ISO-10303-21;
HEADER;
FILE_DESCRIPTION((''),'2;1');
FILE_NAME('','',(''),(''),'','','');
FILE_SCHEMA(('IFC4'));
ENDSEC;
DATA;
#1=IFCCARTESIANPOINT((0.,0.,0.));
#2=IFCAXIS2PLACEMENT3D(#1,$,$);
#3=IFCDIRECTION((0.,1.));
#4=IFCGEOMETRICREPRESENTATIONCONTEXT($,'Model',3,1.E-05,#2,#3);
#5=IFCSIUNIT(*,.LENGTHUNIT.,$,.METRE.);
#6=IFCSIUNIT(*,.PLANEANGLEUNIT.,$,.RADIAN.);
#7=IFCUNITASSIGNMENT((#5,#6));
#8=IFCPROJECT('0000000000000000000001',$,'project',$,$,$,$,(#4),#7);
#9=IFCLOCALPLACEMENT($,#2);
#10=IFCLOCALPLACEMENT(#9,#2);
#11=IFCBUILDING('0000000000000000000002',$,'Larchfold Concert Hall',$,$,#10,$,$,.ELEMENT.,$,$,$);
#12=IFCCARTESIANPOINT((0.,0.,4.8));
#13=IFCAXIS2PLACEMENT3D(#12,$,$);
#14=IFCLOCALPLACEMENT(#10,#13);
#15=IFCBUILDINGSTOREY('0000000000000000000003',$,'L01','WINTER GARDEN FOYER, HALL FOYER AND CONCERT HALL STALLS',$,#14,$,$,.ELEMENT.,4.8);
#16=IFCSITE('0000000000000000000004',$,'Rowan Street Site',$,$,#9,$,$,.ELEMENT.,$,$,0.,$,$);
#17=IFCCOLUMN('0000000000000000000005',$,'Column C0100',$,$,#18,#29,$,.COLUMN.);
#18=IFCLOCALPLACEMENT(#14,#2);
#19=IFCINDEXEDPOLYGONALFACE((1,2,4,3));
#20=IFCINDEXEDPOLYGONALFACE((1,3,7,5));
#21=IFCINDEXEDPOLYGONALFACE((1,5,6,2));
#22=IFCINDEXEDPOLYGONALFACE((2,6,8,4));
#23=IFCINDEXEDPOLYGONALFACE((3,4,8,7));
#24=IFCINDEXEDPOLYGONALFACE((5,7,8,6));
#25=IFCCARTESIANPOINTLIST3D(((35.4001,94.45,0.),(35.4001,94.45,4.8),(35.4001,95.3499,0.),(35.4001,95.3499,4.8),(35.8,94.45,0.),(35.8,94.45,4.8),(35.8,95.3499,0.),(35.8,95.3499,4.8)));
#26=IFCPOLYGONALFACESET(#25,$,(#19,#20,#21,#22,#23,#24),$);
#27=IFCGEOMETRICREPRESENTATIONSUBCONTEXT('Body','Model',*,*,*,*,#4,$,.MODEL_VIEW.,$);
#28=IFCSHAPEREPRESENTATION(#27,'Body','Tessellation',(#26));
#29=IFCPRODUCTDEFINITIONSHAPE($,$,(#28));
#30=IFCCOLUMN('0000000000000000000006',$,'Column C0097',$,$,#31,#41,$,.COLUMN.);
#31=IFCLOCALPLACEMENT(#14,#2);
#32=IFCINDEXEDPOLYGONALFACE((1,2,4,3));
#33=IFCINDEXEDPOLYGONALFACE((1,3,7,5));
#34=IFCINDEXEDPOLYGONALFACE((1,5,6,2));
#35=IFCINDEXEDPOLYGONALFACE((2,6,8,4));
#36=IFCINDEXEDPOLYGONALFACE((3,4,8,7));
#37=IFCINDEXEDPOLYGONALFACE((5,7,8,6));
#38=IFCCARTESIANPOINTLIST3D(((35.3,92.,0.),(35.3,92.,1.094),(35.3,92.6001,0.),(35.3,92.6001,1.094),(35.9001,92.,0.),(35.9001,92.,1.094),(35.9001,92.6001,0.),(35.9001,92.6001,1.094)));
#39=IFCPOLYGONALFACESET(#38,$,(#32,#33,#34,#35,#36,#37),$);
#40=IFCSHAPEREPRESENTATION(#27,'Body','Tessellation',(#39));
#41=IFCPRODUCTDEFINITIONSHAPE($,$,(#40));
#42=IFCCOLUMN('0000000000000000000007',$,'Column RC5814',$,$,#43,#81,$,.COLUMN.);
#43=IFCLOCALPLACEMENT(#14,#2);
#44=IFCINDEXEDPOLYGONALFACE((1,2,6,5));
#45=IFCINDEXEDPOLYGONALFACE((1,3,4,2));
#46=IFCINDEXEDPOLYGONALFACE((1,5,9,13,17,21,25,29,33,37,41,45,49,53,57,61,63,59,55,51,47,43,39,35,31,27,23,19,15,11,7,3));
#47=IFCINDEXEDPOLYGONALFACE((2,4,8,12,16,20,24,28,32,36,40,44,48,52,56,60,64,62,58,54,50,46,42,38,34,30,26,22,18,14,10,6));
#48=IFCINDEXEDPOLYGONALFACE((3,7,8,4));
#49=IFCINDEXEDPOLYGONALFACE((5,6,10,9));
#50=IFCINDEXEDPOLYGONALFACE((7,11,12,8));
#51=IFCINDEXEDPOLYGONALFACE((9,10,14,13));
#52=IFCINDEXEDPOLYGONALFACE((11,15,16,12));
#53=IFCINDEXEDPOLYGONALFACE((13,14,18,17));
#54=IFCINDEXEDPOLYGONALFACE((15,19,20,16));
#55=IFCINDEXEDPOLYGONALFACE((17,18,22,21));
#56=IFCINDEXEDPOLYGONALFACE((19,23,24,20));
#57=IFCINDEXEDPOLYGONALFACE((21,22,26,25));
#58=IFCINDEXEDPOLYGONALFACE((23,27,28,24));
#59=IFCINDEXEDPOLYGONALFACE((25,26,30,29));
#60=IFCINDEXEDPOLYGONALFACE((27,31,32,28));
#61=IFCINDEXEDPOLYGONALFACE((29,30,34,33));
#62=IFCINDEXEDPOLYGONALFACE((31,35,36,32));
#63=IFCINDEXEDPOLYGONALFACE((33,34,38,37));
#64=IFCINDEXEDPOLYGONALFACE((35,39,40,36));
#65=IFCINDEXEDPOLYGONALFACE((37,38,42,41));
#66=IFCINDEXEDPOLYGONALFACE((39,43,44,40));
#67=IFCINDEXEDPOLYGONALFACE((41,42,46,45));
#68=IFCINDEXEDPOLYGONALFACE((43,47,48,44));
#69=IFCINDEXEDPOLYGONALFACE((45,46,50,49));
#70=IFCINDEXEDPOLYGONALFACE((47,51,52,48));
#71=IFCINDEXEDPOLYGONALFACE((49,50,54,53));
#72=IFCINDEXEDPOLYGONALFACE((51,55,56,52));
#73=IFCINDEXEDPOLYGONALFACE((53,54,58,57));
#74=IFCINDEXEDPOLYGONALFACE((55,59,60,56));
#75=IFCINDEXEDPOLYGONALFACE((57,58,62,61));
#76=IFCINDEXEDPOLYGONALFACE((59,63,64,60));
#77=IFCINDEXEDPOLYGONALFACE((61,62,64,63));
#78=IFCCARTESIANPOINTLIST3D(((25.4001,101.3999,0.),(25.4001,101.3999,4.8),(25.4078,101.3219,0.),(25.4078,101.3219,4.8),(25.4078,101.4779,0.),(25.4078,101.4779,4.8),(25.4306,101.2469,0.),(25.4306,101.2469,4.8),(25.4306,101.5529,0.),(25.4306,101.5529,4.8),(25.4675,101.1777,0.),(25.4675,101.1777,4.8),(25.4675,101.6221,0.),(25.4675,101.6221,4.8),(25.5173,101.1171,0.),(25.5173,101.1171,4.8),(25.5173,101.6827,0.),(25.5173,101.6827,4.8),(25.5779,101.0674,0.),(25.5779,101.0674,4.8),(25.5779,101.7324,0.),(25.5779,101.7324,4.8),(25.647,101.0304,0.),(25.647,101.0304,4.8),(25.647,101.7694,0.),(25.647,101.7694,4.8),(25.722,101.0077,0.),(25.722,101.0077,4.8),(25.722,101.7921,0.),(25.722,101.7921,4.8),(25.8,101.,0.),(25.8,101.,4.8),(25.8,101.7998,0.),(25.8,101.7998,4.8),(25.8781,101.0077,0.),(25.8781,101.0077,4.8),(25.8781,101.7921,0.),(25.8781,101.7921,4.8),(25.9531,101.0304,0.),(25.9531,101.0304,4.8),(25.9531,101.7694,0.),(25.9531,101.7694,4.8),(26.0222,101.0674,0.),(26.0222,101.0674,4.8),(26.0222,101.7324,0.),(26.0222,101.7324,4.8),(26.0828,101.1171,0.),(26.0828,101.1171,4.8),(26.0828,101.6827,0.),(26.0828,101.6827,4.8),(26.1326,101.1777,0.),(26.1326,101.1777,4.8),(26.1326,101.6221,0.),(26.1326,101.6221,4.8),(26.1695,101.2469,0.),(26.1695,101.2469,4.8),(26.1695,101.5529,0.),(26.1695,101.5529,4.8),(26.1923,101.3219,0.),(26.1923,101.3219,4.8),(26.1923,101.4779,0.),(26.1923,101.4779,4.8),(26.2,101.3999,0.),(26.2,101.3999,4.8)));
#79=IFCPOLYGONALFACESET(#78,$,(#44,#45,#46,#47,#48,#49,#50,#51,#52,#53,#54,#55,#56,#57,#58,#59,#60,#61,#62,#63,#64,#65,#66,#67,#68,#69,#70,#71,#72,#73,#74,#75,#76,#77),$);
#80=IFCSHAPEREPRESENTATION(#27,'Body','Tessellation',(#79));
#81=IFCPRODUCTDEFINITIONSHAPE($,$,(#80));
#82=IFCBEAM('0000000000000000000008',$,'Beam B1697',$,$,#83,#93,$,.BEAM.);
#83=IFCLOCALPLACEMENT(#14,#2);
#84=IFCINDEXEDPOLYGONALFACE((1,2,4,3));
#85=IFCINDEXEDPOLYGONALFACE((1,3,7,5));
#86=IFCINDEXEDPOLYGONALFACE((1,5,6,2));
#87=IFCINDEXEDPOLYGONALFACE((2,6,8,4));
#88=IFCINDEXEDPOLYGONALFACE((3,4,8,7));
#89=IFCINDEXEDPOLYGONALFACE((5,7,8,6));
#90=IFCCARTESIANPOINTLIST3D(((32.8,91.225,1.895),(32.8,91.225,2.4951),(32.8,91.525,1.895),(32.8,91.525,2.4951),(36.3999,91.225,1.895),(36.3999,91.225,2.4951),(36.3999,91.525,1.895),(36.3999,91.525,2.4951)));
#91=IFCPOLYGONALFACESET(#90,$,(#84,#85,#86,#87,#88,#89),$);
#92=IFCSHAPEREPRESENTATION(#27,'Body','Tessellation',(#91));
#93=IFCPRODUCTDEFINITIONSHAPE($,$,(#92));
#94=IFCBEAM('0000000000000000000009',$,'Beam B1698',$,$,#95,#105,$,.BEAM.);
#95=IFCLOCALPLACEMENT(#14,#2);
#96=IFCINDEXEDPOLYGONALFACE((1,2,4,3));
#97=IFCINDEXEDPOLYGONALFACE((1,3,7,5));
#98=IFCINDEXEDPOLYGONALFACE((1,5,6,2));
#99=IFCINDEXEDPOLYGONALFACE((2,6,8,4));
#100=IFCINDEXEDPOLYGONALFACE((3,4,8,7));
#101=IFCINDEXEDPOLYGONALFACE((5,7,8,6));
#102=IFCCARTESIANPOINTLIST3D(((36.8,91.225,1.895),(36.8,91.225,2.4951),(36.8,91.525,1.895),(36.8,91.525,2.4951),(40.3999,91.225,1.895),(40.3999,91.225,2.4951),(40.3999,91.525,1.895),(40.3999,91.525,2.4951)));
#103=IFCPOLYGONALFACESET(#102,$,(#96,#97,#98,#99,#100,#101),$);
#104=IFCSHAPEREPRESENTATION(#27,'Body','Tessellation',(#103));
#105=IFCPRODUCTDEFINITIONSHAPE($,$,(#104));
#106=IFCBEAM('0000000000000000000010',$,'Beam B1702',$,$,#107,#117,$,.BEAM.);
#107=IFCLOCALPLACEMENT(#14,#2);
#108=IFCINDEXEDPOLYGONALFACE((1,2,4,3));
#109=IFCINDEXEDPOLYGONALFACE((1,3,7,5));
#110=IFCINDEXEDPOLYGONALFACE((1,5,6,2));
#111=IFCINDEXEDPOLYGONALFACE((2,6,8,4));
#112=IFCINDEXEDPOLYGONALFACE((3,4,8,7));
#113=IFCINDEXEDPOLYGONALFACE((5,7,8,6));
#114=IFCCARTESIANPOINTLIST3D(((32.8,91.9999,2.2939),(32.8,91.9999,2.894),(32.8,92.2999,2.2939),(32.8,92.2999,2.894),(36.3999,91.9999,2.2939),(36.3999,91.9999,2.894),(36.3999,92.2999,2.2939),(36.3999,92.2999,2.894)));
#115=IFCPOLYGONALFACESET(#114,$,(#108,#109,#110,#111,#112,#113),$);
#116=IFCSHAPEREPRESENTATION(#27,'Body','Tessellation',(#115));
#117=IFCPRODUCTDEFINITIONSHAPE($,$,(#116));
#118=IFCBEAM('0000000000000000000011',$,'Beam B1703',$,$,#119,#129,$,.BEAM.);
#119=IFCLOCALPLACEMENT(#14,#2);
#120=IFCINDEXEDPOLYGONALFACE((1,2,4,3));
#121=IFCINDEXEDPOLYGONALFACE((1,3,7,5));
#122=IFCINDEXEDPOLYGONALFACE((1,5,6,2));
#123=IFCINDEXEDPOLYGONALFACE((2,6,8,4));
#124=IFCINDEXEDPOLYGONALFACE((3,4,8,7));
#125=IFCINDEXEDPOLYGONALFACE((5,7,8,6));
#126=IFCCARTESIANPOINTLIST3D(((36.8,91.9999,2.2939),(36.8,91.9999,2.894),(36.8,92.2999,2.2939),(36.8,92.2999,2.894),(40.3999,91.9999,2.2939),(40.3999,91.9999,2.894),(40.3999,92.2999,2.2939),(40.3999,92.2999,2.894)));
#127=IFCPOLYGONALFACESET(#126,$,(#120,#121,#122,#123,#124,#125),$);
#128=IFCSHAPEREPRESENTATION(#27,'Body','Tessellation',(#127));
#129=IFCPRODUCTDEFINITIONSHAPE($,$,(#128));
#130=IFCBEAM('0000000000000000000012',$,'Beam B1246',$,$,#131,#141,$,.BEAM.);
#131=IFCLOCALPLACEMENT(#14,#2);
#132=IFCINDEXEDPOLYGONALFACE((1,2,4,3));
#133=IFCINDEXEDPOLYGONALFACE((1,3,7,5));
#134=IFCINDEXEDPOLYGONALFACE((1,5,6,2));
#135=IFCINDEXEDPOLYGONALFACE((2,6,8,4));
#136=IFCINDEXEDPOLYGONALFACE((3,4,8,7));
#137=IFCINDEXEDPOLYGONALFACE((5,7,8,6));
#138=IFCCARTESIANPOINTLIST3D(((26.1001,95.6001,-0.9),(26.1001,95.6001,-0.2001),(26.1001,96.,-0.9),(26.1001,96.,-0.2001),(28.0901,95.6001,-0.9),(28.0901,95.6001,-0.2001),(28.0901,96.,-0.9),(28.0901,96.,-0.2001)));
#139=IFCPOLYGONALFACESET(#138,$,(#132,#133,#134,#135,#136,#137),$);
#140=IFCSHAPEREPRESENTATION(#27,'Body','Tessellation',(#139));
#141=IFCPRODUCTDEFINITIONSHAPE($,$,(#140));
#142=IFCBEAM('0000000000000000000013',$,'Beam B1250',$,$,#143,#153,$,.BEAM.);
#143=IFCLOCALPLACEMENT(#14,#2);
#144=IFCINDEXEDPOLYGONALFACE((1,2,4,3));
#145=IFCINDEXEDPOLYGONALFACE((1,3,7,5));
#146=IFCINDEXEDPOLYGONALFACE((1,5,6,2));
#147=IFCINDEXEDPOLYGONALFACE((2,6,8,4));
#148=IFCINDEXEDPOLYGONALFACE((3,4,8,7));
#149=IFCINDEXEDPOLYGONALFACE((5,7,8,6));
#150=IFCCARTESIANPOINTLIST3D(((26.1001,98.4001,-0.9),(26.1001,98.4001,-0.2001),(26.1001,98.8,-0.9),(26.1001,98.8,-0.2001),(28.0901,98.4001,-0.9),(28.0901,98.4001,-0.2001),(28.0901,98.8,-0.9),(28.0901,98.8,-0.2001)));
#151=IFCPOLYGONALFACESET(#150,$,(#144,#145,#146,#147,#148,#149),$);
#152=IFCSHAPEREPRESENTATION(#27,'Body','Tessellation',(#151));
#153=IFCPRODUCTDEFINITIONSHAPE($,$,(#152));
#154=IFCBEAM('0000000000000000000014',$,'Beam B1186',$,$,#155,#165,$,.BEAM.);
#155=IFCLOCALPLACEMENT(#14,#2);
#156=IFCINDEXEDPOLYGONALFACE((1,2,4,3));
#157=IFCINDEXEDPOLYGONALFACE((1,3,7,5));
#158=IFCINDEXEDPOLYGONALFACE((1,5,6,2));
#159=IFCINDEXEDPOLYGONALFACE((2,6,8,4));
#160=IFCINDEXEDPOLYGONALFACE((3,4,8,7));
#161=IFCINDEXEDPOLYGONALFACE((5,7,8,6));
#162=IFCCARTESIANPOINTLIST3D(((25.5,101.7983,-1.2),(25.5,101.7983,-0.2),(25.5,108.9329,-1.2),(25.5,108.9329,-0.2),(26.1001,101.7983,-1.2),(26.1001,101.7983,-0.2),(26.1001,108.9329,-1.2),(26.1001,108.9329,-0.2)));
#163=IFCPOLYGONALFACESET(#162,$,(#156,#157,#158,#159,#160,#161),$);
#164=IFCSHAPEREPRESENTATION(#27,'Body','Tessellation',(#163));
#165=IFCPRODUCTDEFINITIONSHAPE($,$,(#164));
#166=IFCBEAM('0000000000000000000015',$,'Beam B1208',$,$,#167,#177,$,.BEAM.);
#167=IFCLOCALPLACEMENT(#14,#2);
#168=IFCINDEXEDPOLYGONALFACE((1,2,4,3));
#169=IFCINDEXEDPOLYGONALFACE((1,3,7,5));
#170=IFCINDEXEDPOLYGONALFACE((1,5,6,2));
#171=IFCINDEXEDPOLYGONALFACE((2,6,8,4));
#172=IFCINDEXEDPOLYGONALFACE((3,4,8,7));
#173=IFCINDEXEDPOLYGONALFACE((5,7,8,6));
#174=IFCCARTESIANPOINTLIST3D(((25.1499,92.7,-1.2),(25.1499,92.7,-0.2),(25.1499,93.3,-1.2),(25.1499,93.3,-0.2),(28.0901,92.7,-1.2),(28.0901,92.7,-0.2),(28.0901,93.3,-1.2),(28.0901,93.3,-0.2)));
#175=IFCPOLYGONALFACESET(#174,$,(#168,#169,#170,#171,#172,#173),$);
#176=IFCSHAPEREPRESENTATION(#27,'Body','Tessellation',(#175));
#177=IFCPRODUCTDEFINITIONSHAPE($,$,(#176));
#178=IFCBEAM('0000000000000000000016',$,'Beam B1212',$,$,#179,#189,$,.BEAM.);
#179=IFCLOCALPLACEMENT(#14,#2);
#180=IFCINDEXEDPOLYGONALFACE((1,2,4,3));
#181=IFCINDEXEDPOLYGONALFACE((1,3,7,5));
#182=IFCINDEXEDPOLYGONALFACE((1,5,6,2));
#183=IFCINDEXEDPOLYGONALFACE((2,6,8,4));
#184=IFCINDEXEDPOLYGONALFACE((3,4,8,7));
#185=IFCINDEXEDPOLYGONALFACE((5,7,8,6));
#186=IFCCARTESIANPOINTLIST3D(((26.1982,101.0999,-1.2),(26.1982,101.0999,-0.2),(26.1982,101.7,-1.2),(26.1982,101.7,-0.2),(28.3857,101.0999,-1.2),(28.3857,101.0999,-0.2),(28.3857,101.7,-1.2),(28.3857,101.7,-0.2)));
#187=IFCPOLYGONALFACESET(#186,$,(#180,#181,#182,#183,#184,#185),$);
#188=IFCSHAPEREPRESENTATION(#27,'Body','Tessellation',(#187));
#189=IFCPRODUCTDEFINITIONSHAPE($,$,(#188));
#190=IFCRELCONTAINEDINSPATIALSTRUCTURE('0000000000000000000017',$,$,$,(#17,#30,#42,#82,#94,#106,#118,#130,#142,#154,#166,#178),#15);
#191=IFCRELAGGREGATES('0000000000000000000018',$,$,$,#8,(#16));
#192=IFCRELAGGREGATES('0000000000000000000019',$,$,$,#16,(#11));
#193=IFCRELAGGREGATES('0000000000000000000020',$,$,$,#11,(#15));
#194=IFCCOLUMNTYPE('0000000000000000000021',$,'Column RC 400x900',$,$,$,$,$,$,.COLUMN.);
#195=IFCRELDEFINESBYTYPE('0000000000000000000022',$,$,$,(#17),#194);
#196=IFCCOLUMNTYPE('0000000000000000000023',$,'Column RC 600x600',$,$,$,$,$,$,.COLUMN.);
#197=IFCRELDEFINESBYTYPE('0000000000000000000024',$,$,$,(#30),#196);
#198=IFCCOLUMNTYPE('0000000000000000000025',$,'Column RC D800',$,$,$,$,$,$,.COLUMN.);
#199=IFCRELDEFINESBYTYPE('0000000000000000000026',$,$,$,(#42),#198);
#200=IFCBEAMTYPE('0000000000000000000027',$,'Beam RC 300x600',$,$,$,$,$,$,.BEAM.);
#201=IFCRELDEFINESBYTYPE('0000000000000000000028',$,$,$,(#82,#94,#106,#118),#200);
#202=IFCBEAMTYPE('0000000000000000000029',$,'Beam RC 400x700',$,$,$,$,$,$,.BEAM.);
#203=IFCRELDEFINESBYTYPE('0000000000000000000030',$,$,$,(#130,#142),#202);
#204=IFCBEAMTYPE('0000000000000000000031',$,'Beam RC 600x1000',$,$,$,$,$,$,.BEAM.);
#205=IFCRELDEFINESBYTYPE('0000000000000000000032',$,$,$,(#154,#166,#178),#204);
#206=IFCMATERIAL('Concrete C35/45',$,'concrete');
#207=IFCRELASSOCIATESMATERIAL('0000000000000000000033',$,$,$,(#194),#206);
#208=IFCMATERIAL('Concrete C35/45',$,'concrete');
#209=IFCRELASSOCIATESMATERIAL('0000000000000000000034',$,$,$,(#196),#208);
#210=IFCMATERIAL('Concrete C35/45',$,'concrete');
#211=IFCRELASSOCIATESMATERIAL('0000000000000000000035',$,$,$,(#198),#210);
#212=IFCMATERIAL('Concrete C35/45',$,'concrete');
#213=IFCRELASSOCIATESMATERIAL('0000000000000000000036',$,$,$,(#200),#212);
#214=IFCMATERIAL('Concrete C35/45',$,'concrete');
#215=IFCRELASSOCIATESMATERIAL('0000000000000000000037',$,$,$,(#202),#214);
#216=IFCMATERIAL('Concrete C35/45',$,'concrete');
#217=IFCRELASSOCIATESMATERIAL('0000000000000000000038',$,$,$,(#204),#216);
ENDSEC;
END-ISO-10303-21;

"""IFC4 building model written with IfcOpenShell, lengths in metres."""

from ifc_helpers import new_model, si_unit, direction, frame, origin, origin_2d, place, context, subcontext, project, spatial, rectangle, circle, extrude, material, material_profile, profile_set, type_object, element, save


model = new_model("IFC4")

# Units and contexts
model_context = context("Model", 3, precision=1e-05, world=origin(), true_north=direction((0.0, 1.0)))
body_context = subcontext(model_context, "Body", "Model", "MODEL_VIEW")
ifc_project = project(units=[si_unit("LENGTHUNIT", "METRE"), si_unit("PLANEANGLEUNIT", "RADIAN")], contexts=[model_context])

# Site, building, storey
site_placement = place(None, origin())
site = spatial("IfcSite", under=ifc_project, at=site_placement, Name="Rowan Street Site", CompositionType="ELEMENT", RefElevation=0.0)
building_placement = place(site_placement, origin())
building = spatial("IfcBuilding", under=site, at=building_placement, Name="Larchfold Concert Hall", CompositionType="ELEMENT")
storey_placement = place(building_placement, frame((0.0, 0.0, 4.8)))
storey = spatial("IfcBuildingStorey", under=building, at=storey_placement, Name="L01", Description="WINTER GARDEN FOYER, HALL FOYER AND CONCERT HALL STALLS", CompositionType="ELEMENT", Elevation=4.8)

# Columns
ifc_material_1 = material(Name="Concrete C35/45", Category="concrete")
ifc_material_profile_1 = material_profile(ifc_material_1, rectangle(XDim=0.3999, YDim=0.8999, at=origin_2d()))
ifc_profile_set_1 = profile_set([ifc_material_profile_1], Name="Concrete C35/45")
column_type_1 = type_object("IfcColumnType", Name="Column RC 400x900", PredefinedType="COLUMN", material=ifc_profile_set_1)
column_1_placement = place(storey_placement, frame((35.6001, 94.8999, 0.0), z_axis=(0.0, 0.0, 1.0), x_axis=(1.0, 0.0, 0.0)))
element("IfcColumn", 1, at=column_1_placement, inside=storey, type_object=column_type_1, Name="Column C0100", PredefinedType="COLUMN", context=body_context, shape_type="SweptSolid", body=[
    extrude(rectangle(XDim=0.3999, YDim=0.8999, at=origin_2d()), origin(), (0.0, 0.0, 1.0), 4.8),
])
ifc_material_2 = material(Name="Concrete C35/45", Category="concrete")
ifc_material_profile_2 = material_profile(ifc_material_2, rectangle(XDim=0.6001, YDim=0.6001, at=origin_2d()))
ifc_profile_set_2 = profile_set([ifc_material_profile_2], Name="Concrete C35/45")
column_type_2 = type_object("IfcColumnType", Name="Column RC 600x600", PredefinedType="COLUMN", material=ifc_profile_set_2)
column_2_placement = place(storey_placement, frame((35.6001, 92.3, 0.0), z_axis=(0.0, 0.0, 1.0), x_axis=(1.0, 0.0, 0.0)))
element("IfcColumn", 2, at=column_2_placement, inside=storey, type_object=column_type_2, Name="Column C0097", PredefinedType="COLUMN", context=body_context, shape_type="SweptSolid", body=[
    extrude(rectangle(XDim=0.6001, YDim=0.6001, at=origin_2d()), origin(), (0.0, 0.0, 1.0), 1.094),
])
ifc_material_3 = material(Name="Concrete C35/45", Category="concrete")
ifc_material_profile_3 = material_profile(ifc_material_3, circle(Radius=0.3999, at=origin_2d()))
ifc_profile_set_3 = profile_set([ifc_material_profile_3], Name="Concrete C35/45")
column_type_3 = type_object("IfcColumnType", Name="Column RC D800", PredefinedType="COLUMN", material=ifc_profile_set_3)
column_3_placement = place(storey_placement, frame((25.8, 101.3999, 0.0), z_axis=(0.0, 0.0, 1.0), x_axis=(1.0, 0.0, 0.0)))
element("IfcColumn", 3, at=column_3_placement, inside=storey, type_object=column_type_3, Name="Column RC5814", PredefinedType="COLUMN", context=body_context, shape_type="SweptSolid", body=[
    extrude(circle(Radius=0.3999, at=origin_2d()), origin(), (0.0, 0.0, 1.0), 4.8),
])

# Beams
ifc_material_4 = material(Name="Concrete C35/45", Category="concrete")
ifc_material_profile_4 = material_profile(ifc_material_4, rectangle(XDim=0.3, YDim=0.6001, at=origin_2d()))
ifc_profile_set_4 = profile_set([ifc_material_profile_4], Name="Concrete C35/45")
beam_type_1 = type_object("IfcBeamType", Name="Beam RC 300x600", PredefinedType="BEAM", material=ifc_profile_set_4)
for number, where, z_axis, x_axis, name in (
    (4, (32.8, 91.375, 2.1951), (1.0, 0.0, 0.0), (0.0, 1.0, 0.0), "Beam B1697"),
    (5, (36.8, 91.375, 2.1951), (1.0, 0.0, 0.0), (0.0, 1.0, 0.0), "Beam B1698"),
    (6, (32.8, 92.1499, 2.594), (1.0, 0.0, 0.0), (0.0, 1.0, 0.0), "Beam B1702"),
    (7, (36.8, 92.1499, 2.594), (1.0, 0.0, 0.0), (0.0, 1.0, 0.0), "Beam B1703"),
):
    element("IfcBeam", number, at=place(storey_placement, frame(where, z_axis=z_axis, x_axis=x_axis)), inside=storey, type_object=beam_type_1, Name=name, PredefinedType="BEAM", context=body_context, shape_type="SweptSolid", body=[
        extrude(rectangle(XDim=0.3, YDim=0.6001, at=origin_2d()), origin(), (0.0, 0.0, 1.0), 3.5999),
    ])
ifc_material_5 = material(Name="Concrete C35/45", Category="concrete")
ifc_material_profile_5 = material_profile(ifc_material_5, rectangle(XDim=0.3999, YDim=0.7, at=origin_2d()))
ifc_profile_set_5 = profile_set([ifc_material_profile_5], Name="Concrete C35/45")
beam_type_2 = type_object("IfcBeamType", Name="Beam RC 400x700", PredefinedType="BEAM", material=ifc_profile_set_5)
for number, where, z_axis, x_axis, name in (
    (8, (26.1001, 95.8, -0.55), (1.0, 0.0, 0.0), (0.0, 1.0, 0.0), "Beam B1246"),
    (9, (26.1001, 98.6001, -0.55), (1.0, 0.0, 0.0), (0.0, 1.0, 0.0), "Beam B1250"),
):
    element("IfcBeam", number, at=place(storey_placement, frame(where, z_axis=z_axis, x_axis=x_axis)), inside=storey, type_object=beam_type_2, Name=name, PredefinedType="BEAM", context=body_context, shape_type="SweptSolid", body=[
        extrude(rectangle(XDim=0.3999, YDim=0.7, at=origin_2d()), origin(), (0.0, 0.0, 1.0), 1.99),
    ])
ifc_material_6 = material(Name="Concrete C35/45", Category="concrete")
ifc_material_profile_6 = material_profile(ifc_material_6, rectangle(XDim=0.6001, YDim=1.0, at=origin_2d()))
ifc_profile_set_6 = profile_set([ifc_material_profile_6], Name="Concrete C35/45")
beam_type_3 = type_object("IfcBeamType", Name="Beam RC 600x1000", PredefinedType="BEAM", material=ifc_profile_set_6)
beam_1_placement = place(storey_placement, frame((25.8, 101.7983, -0.7), z_axis=(0.0, 1.0, 0.0), x_axis=(-1.0, 0.0, 0.0)))
element("IfcBeam", 10, at=beam_1_placement, inside=storey, type_object=beam_type_3, Name="Beam B1186", PredefinedType="BEAM", context=body_context, shape_type="SweptSolid", body=[
    extrude(rectangle(XDim=0.6001, YDim=1.0, at=origin_2d()), origin(), (0.0, 0.0, 1.0), 7.1345),
])
beam_2_placement = place(storey_placement, frame((25.1499, 93.0, -0.7), z_axis=(1.0, 0.0, 0.0), x_axis=(0.0, 1.0, 0.0)))
element("IfcBeam", 11, at=beam_2_placement, inside=storey, type_object=beam_type_3, Name="Beam B1208", PredefinedType="BEAM", context=body_context, shape_type="SweptSolid", body=[
    extrude(rectangle(XDim=0.6001, YDim=1.0, at=origin_2d()), origin(), (0.0, 0.0, 1.0), 2.9402),
])
beam_3_placement = place(storey_placement, frame((26.1982, 101.3999, -0.7), z_axis=(1.0, 0.0, 0.0), x_axis=(0.0, 1.0, 0.0)))
element("IfcBeam", 12, at=beam_3_placement, inside=storey, type_object=beam_type_3, Name="Beam B1212", PredefinedType="BEAM", context=body_context, shape_type="SweptSolid", body=[
    extrude(rectangle(XDim=0.6001, YDim=1.0, at=origin_2d()), origin(), (0.0, 0.0, 1.0), 2.1875),
])

save(model, "model.ifc")
